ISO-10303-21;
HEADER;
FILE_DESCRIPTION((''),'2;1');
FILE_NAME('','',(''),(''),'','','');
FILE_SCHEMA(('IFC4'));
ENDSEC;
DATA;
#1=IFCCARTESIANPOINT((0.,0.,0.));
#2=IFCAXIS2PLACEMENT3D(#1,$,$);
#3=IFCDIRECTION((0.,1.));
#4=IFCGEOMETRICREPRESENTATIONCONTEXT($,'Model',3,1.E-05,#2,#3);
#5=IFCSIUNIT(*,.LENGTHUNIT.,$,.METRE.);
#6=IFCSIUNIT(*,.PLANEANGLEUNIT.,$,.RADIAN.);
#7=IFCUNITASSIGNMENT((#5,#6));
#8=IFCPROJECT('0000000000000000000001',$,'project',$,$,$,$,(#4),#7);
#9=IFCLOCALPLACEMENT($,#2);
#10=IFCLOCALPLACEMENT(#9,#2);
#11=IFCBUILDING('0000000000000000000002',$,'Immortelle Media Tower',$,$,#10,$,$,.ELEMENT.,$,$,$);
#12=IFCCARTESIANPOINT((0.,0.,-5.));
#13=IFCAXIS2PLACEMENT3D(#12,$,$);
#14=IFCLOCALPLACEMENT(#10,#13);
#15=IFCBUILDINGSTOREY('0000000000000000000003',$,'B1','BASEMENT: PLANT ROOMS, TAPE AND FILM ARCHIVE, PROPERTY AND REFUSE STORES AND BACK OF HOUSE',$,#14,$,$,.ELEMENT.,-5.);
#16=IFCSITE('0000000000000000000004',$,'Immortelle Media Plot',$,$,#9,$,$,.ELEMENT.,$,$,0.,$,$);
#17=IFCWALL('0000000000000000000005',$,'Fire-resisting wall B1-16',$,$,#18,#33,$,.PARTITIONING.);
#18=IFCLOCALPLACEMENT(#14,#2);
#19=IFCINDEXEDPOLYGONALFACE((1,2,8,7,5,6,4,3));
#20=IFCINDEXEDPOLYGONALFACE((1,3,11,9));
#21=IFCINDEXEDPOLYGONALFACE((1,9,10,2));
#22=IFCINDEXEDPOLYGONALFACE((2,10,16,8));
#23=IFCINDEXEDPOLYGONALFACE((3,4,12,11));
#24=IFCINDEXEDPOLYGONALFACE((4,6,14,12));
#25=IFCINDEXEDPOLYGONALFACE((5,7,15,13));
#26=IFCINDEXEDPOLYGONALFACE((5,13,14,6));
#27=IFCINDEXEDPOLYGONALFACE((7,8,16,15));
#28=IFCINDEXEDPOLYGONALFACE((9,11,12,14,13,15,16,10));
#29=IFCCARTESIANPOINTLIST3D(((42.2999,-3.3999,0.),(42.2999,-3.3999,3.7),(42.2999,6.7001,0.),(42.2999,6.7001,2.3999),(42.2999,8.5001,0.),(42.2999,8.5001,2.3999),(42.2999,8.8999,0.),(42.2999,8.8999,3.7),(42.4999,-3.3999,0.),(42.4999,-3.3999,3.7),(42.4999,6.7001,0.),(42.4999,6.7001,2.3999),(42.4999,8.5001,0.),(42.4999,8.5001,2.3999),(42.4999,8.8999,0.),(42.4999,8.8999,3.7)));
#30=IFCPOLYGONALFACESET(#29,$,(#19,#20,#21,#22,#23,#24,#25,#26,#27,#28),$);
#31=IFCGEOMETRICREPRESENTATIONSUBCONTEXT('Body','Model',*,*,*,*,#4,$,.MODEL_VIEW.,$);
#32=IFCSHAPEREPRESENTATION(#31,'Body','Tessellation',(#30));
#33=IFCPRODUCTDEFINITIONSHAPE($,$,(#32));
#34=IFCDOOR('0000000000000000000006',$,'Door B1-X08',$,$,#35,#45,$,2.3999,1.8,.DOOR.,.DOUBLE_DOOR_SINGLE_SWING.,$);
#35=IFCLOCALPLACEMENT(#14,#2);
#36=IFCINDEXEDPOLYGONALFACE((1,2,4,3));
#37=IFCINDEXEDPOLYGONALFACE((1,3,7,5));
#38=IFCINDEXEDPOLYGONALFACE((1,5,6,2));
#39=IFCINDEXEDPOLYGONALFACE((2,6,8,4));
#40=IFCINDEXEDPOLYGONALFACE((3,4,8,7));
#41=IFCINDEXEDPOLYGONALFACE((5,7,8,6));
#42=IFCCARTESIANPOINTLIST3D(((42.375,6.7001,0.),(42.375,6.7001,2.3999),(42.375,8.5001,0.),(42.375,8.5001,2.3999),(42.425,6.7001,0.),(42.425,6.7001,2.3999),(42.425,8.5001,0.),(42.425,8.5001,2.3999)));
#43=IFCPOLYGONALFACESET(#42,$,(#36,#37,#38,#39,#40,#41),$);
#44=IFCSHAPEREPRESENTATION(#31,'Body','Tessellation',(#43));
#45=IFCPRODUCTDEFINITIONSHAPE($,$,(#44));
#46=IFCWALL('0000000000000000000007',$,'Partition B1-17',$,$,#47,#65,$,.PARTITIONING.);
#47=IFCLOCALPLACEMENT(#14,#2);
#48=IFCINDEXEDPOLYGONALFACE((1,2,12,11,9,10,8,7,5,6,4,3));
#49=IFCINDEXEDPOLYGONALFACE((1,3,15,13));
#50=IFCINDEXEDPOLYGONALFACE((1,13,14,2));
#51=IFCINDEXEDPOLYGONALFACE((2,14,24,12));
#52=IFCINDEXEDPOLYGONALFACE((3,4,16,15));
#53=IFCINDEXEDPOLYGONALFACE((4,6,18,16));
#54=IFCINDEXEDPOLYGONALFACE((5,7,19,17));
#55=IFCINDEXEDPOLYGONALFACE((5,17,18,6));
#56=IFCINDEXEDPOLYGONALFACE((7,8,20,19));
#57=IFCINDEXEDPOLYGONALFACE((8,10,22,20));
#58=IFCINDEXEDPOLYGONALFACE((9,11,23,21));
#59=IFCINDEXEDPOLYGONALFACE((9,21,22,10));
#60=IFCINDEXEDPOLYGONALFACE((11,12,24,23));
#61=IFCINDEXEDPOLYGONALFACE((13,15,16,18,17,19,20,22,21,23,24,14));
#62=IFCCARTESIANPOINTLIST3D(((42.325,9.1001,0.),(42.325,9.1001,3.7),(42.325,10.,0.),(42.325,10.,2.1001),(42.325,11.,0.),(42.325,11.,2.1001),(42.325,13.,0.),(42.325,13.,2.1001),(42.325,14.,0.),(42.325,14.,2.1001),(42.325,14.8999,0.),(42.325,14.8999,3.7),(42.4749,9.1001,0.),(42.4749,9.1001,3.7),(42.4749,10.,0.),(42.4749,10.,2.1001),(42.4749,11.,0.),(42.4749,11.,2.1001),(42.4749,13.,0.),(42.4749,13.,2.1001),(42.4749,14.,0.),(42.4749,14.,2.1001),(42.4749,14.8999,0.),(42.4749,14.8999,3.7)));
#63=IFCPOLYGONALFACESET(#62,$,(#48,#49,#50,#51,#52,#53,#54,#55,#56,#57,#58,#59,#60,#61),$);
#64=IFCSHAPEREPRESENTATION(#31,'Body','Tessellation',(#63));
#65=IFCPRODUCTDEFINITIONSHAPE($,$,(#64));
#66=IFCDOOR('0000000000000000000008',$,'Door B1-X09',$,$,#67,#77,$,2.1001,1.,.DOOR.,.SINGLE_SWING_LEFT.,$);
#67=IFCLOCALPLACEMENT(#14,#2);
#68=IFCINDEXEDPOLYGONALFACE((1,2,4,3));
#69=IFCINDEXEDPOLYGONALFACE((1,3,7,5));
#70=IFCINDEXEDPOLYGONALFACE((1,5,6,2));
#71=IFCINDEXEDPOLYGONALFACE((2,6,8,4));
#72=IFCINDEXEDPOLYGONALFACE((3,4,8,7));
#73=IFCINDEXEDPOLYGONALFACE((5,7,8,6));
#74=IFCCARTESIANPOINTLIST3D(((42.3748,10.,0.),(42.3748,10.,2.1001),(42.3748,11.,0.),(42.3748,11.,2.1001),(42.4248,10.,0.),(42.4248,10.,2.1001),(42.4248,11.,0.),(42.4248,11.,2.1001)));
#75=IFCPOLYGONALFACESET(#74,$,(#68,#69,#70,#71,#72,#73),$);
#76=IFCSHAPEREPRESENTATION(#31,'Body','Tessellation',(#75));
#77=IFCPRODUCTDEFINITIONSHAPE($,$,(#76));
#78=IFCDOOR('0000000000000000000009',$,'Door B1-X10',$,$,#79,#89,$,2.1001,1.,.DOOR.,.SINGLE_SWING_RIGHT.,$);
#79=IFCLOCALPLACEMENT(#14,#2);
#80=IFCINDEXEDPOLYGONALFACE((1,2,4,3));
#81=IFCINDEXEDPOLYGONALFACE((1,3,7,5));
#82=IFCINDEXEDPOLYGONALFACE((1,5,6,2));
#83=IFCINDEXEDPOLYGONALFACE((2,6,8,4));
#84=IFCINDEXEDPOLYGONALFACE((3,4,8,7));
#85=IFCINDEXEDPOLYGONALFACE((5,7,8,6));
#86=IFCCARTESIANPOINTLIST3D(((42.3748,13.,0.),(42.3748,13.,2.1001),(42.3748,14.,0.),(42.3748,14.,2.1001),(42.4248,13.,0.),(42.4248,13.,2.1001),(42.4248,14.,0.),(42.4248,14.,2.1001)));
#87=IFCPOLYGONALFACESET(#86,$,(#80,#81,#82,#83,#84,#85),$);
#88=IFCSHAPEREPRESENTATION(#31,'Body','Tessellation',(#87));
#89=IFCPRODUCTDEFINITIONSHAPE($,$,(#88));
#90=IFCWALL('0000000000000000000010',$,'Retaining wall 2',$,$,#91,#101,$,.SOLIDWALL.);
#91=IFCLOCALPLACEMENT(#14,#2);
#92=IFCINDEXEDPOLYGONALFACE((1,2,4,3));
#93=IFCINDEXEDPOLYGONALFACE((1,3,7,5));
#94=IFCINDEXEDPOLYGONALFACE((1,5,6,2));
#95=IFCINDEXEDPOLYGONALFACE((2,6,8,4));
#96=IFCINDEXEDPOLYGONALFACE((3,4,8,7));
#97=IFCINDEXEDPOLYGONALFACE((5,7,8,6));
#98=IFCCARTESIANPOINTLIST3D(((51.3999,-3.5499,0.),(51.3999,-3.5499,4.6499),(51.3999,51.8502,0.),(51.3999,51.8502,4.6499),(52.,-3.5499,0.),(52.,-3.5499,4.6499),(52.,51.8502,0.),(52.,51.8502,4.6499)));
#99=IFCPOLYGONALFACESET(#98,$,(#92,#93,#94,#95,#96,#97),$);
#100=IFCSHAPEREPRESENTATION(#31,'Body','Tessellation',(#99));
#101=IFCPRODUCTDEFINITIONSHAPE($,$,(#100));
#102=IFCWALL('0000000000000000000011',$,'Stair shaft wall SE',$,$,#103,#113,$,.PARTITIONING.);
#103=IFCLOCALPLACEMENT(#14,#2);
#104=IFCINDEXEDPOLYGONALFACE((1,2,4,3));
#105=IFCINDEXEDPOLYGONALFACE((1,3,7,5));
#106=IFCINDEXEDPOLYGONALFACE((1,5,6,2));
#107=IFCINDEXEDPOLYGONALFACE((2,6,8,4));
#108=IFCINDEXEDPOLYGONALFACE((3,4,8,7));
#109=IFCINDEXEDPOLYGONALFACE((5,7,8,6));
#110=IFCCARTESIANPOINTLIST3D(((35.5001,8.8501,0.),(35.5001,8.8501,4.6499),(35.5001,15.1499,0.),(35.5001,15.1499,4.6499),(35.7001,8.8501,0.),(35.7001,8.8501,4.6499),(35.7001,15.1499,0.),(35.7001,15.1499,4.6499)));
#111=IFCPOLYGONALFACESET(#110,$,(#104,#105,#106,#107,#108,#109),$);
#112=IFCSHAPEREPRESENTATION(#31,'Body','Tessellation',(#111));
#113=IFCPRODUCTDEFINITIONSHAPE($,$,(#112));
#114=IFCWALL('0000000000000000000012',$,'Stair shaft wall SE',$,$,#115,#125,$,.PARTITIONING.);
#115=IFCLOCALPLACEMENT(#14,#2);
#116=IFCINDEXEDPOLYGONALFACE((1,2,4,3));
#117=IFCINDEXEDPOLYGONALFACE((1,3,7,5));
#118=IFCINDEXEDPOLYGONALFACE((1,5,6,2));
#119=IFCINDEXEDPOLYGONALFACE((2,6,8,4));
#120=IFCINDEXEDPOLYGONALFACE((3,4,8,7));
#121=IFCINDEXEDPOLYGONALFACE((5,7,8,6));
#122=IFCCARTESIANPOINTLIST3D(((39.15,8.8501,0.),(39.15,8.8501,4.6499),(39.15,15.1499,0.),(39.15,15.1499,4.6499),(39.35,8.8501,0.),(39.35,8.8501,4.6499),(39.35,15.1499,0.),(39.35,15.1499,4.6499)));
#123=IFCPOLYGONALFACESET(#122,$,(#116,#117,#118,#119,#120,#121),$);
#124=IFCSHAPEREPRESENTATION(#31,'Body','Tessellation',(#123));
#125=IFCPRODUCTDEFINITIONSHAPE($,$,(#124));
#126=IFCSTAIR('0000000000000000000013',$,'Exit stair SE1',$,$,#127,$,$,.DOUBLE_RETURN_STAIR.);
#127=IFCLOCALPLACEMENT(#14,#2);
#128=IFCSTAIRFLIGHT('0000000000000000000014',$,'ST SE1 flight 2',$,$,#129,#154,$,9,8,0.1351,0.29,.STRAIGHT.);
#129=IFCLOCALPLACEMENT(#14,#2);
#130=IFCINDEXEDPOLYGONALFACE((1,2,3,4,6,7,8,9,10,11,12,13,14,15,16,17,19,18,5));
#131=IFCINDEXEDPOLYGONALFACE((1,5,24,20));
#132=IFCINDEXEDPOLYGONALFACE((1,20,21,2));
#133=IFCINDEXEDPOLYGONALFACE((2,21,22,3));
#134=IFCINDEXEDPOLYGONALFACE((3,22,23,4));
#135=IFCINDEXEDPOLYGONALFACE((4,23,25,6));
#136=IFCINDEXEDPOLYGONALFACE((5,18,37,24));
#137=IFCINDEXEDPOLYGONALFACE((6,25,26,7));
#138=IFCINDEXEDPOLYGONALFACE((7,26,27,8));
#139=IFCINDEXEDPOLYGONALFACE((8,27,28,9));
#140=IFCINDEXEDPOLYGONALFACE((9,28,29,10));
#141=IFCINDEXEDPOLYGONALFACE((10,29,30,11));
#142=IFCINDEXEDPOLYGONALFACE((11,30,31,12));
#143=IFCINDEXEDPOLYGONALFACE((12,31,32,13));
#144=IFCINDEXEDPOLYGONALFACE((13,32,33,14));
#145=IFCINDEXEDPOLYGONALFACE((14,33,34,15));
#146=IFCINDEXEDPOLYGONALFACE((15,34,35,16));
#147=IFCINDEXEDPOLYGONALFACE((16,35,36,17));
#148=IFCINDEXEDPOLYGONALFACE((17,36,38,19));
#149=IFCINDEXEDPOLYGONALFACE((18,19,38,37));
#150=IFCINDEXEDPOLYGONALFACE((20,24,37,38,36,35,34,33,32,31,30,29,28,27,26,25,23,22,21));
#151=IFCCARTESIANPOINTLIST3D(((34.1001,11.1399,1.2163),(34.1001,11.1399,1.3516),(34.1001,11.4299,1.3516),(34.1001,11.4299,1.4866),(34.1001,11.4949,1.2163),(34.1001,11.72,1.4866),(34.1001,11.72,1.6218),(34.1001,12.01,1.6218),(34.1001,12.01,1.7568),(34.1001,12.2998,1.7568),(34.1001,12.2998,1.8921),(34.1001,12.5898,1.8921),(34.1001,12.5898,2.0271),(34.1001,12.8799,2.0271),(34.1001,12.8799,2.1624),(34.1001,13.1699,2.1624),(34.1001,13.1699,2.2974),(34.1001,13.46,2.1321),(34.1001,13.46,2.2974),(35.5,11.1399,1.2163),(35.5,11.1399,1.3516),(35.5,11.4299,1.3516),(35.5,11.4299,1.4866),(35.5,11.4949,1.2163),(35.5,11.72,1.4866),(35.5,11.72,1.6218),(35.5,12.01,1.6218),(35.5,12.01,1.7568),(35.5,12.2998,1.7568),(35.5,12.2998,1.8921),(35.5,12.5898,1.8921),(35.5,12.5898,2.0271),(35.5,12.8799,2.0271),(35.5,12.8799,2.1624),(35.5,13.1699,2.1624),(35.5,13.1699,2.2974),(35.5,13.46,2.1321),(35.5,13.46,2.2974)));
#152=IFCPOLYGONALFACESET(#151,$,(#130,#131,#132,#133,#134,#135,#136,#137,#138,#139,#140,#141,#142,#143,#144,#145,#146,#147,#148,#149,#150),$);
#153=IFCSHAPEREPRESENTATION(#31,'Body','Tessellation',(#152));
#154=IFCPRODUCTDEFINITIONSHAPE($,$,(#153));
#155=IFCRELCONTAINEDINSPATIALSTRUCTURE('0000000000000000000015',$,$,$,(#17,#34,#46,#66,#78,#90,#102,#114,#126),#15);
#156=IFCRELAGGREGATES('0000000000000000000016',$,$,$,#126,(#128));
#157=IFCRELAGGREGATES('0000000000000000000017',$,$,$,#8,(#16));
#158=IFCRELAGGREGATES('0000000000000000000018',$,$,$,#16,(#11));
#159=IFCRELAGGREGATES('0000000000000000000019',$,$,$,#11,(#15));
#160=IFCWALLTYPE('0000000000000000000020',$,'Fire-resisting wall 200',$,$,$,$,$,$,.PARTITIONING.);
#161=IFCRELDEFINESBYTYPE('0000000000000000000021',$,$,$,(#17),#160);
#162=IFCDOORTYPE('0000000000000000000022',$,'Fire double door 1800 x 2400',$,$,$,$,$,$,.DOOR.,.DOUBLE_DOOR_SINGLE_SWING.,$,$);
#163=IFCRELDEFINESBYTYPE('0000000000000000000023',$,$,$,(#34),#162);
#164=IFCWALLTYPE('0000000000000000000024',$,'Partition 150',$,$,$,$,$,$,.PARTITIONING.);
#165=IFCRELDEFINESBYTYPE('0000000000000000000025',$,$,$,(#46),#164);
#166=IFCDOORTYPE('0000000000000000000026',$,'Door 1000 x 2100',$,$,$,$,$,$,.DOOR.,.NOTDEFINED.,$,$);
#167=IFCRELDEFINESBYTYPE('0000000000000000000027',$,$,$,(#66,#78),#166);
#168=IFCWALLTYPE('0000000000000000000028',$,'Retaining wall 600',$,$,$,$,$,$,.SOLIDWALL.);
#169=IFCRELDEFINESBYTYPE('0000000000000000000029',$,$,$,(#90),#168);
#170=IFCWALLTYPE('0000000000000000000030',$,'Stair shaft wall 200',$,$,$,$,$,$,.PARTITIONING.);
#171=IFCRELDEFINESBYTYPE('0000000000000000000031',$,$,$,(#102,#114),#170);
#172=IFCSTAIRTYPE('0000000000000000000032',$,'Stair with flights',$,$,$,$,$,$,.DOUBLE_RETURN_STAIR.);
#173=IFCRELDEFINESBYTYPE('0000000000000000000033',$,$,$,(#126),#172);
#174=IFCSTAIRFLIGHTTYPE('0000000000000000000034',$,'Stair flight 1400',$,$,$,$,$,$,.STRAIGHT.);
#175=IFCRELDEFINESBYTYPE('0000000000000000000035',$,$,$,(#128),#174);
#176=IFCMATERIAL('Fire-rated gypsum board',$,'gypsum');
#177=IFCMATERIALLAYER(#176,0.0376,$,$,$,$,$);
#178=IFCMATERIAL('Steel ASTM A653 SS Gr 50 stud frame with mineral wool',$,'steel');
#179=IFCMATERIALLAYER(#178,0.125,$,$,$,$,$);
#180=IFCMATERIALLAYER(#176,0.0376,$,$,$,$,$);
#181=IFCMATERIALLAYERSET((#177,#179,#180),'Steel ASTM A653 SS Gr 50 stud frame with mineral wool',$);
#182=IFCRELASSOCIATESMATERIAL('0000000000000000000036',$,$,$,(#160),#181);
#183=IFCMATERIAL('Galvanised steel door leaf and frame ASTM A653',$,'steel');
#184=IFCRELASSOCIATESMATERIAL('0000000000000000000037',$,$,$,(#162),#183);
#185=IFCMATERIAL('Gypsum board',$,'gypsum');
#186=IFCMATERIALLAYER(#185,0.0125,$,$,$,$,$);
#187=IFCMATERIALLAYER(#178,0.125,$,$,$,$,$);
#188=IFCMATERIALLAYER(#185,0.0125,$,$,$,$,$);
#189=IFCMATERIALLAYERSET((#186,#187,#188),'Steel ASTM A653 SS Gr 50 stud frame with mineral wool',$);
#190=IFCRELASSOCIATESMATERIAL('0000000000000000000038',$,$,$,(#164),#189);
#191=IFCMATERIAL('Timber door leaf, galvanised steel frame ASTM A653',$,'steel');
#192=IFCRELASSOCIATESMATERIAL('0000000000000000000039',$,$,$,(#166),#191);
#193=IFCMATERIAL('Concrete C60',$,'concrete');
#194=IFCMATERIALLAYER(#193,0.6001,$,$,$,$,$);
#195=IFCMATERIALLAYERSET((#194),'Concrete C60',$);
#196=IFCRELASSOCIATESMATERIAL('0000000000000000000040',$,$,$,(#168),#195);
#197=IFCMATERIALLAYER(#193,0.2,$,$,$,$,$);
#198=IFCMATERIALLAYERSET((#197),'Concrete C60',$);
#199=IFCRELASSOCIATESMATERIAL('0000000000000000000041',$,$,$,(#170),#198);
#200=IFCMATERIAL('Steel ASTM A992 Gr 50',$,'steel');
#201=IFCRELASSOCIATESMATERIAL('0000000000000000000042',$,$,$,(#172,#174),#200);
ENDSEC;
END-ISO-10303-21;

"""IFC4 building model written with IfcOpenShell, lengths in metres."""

from ifc_helpers import new_model, si_unit, direction, frame, frame_2d, origin, place, context, subcontext, project, spatial, polyline, rectangle, outline, extrude, material, layer, layer_set, type_object, element, fill, aggregate, save


model = new_model("IFC4")

# Units and contexts
model_context = context("Model", 3, precision=1e-05, world=origin(), true_north=direction((0.0, 1.0)))
body_context = subcontext(model_context, "Body", "Model", "MODEL_VIEW")
ifc_project = project(units=[si_unit("LENGTHUNIT", "METRE"), si_unit("PLANEANGLEUNIT", "RADIAN")], contexts=[model_context])

# Site, building, storey
site_placement = place(None, origin())
site = spatial("IfcSite", under=ifc_project, at=site_placement, Name="Immortelle Media Plot", CompositionType="ELEMENT", RefElevation=0.0)
building_placement = place(site_placement, origin())
building = spatial("IfcBuilding", under=site, at=building_placement, Name="Immortelle Media Tower", CompositionType="ELEMENT")
storey_placement = place(building_placement, frame((0.0, 0.0, -5.0)))
storey = spatial("IfcBuildingStorey", under=building, at=storey_placement, Name="B1", Description="BASEMENT: PLANT ROOMS, TAPE AND FILM ARCHIVE, PROPERTY AND REFUSE STORES AND BACK OF HOUSE", CompositionType="ELEMENT", Elevation=-5.0)

# Shared definitions
ifc_material_1 = material(Name="Concrete C60", Category="concrete")

# Shared definitions
ifc_material_2 = material(Name="Fire-rated gypsum board", Category="gypsum")
ifc_layer_1 = layer(ifc_material_2, 0.0376)
ifc_material_3 = material(Name="Steel ASTM A653 SS Gr 50 stud frame with mineral wool", Category="steel")
ifc_layer_2 = layer(ifc_material_3, 0.125)
ifc_layer_3 = layer(ifc_material_2, 0.0376)
ifc_layer_set_1 = layer_set([ifc_layer_1, ifc_layer_2, ifc_layer_3], Name="Steel ASTM A653 SS Gr 50 stud frame with mineral wool")
wall_type_1 = type_object("IfcWallType", Name="Fire-resisting wall 200", PredefinedType="PARTITIONING", material=ifc_layer_set_1)

# Wall, opening, door
wall_1_placement = place(storey_placement, frame((42.3999, -3.3999, 0.0), z_axis=(0.0, 0.0, 1.0), x_axis=(0.0, 1.0, 0.0)))
wall_1 = element("IfcWall", 1, at=wall_1_placement, inside=storey, type_object=wall_type_1, Name="Fire-resisting wall B1-16", PredefinedType="PARTITIONING", context=body_context, shape_type="SweptSolid", body=[
    extrude(rectangle(XDim=12.2998, YDim=0.2, at=frame_2d((6.1499, 0.0))), origin(), (0.0, 0.0, 1.0), 3.7),
])
opening_1_placement = place(wall_1_placement, frame((10.1001, 0.0, 0.0)))
opening_1 = element("IfcOpeningElement", 2, at=opening_1_placement, cuts=wall_1, PredefinedType="OPENING", context=body_context, shape_type="SweptSolid", body=[
    extrude(rectangle(XDim=1.8, YDim=2.3999, at=frame_2d((0.8999, 1.2))), frame((0.0, 0.1099, 0.0), z_axis=(0.0, -1.0, 0.0), x_axis=(1.0, 0.0, 0.0)), (0.0, 0.0, 1.0), 0.22),
])
ifc_material_4 = material(Name="Galvanised steel door leaf and frame ASTM A653", Category="steel")
door_type_1 = type_object("IfcDoorType", Name="Fire double door 1800 x 2400", OperationType="DOUBLE_DOOR_SINGLE_SWING", PredefinedType="DOOR", material=ifc_material_4)
door_1_placement = place(opening_1_placement, origin())
door_1 = element("IfcDoor", 3, at=door_1_placement, inside=storey, type_object=door_type_1, Name="Door B1-X08", OperationType="DOUBLE_DOOR_SINGLE_SWING", OverallHeight=2.3999, OverallWidth=1.8, PredefinedType="DOOR", context=body_context, shape_type="SweptSolid", body=[
    extrude(rectangle(XDim=1.8, YDim=2.3999, at=frame_2d((0.8999, 1.2))), frame((0.0, 0.0249, 0.0), z_axis=(0.0, -1.0, 0.0), x_axis=(1.0, 0.0, 0.0)), (0.0, 0.0, 1.0), 0.05),
])
fill(opening_1, door_1)

# Wall, openings, doors
ifc_material_5 = material(Name="Gypsum board", Category="gypsum")
ifc_layer_4 = layer(ifc_material_5, 0.0125)
ifc_layer_5 = layer(ifc_material_3, 0.125)
ifc_layer_6 = layer(ifc_material_5, 0.0125)
ifc_layer_set_2 = layer_set([ifc_layer_4, ifc_layer_5, ifc_layer_6], Name="Steel ASTM A653 SS Gr 50 stud frame with mineral wool")
wall_type_2 = type_object("IfcWallType", Name="Partition 150", PredefinedType="PARTITIONING", material=ifc_layer_set_2)
wall_2_placement = place(storey_placement, frame((42.3999, 9.1001, 0.0), z_axis=(0.0, 0.0, 1.0), x_axis=(0.0, 1.0, 0.0)))
wall_2 = element("IfcWall", 4, at=wall_2_placement, inside=storey, type_object=wall_type_2, Name="Partition B1-17", PredefinedType="PARTITIONING", context=body_context, shape_type="SweptSolid", body=[
    extrude(rectangle(XDim=5.7998, YDim=0.1499, at=frame_2d((2.8999, 0.0))), origin(), (0.0, 0.0, 1.0), 3.7),
])
opening_2_placement = place(wall_2_placement, frame((1.8999, 0.0, 0.0), z_axis=(0.0, 0.0, 1.0), x_axis=(-1.0, 0.0, 0.0)))
opening_2 = element("IfcOpeningElement", 5, at=opening_2_placement, cuts=wall_2, PredefinedType="OPENING", context=body_context, shape_type="SweptSolid", body=[
    extrude(rectangle(XDim=1.0, YDim=2.1001, at=frame_2d((0.5, 1.05))), frame((0.0, 0.085, 0.0), z_axis=(0.0, -1.0, 0.0), x_axis=(1.0, 0.0, 0.0)), (0.0, 0.0, 1.0), 0.1699),
])
opening_3_placement = place(wall_2_placement, frame((4.8999, 0.0, 0.0), z_axis=(0.0, 0.0, 1.0), x_axis=(-1.0, 0.0, 0.0)))
opening_3 = element("IfcOpeningElement", 6, at=opening_3_placement, cuts=wall_2, PredefinedType="OPENING", context=body_context, shape_type="SweptSolid", body=[
    extrude(rectangle(XDim=1.0, YDim=2.1001, at=frame_2d((0.5, 1.05))), frame((0.0, 0.085, 0.0), z_axis=(0.0, -1.0, 0.0), x_axis=(1.0, 0.0, 0.0)), (0.0, 0.0, 1.0), 0.1699),
])
ifc_material_6 = material(Name="Timber door leaf, galvanised steel frame ASTM A653", Category="steel")
door_type_2 = type_object("IfcDoorType", Name="Door 1000 x 2100", OperationType="NOTDEFINED", PredefinedType="DOOR", material=ifc_material_6)
door_2_placement = place(opening_2_placement, origin())
door_2 = element("IfcDoor", 7, at=door_2_placement, inside=storey, type_object=door_type_2, Name="Door B1-X09", OperationType="SINGLE_SWING_LEFT", OverallHeight=2.1001, OverallWidth=1.0, PredefinedType="DOOR", context=body_context, shape_type="SweptSolid", body=[
    extrude(rectangle(XDim=1.0, YDim=2.1001, at=frame_2d((0.5, 1.05))), frame((0.0, 0.0249, 0.0), z_axis=(0.0, -1.0, 0.0), x_axis=(1.0, 0.0, 0.0)), (0.0, 0.0, 1.0), 0.05),
])
fill(opening_2, door_2)
door_3_placement = place(opening_3_placement, origin())
door_3 = element("IfcDoor", 8, at=door_3_placement, inside=storey, type_object=door_type_2, Name="Door B1-X10", OperationType="SINGLE_SWING_RIGHT", OverallHeight=2.1001, OverallWidth=1.0, PredefinedType="DOOR", context=body_context, shape_type="SweptSolid", body=[
    extrude(rectangle(XDim=1.0, YDim=2.1001, at=frame_2d((0.5, 1.05))), frame((0.0, 0.0249, 0.0), z_axis=(0.0, -1.0, 0.0), x_axis=(1.0, 0.0, 0.0)), (0.0, 0.0, 1.0), 0.05),
])
fill(opening_3, door_3)

# Walls
ifc_layer_7 = layer(ifc_material_1, 0.6001)
ifc_layer_set_3 = layer_set([ifc_layer_7], Name="Concrete C60")
wall_type_3 = type_object("IfcWallType", Name="Retaining wall 600", PredefinedType="SOLIDWALL", material=ifc_layer_set_3)
wall_3_placement = place(storey_placement, frame((51.7, -3.55, 0.0), z_axis=(0.0, 0.0, 1.0), x_axis=(0.0, 1.0, 0.0)))
element("IfcWall", 9, at=wall_3_placement, inside=storey, type_object=wall_type_3, Name="Retaining wall 2", PredefinedType="SOLIDWALL", context=body_context, shape_type="SweptSolid", body=[
    extrude(rectangle(XDim=55.4001, YDim=0.6001, at=frame_2d((27.7002, 0.0))), origin(), (0.0, 0.0, 1.0), 4.6499),
])
ifc_layer_8 = layer(ifc_material_1, 0.2)
ifc_layer_set_4 = layer_set([ifc_layer_8], Name="Concrete C60")
wall_type_4 = type_object("IfcWallType", Name="Stair shaft wall 200", PredefinedType="PARTITIONING", material=ifc_layer_set_4)
for number, where, z_axis, x_axis, name in (
    (10, (35.6001, 8.8501, 0.0), (0.0, 0.0, 1.0), (0.0, 1.0, 0.0), "Stair shaft wall SE"),
    (11, (39.25, 8.8501, 0.0), (0.0, 0.0, 1.0), (0.0, 1.0, 0.0), "Stair shaft wall SE"),
):
    element("IfcWall", number, at=place(storey_placement, frame(where, z_axis=z_axis, x_axis=x_axis)), inside=storey, type_object=wall_type_4, Name=name, PredefinedType="PARTITIONING", context=body_context, shape_type="SweptSolid", body=[
        extrude(rectangle(XDim=6.2998, YDim=0.2, at=frame_2d((3.1499, 0.0))), origin(), (0.0, 0.0, 1.0), 4.6499),
    ])

# Stair, stair flight
ifc_material_7 = material(Name="Steel ASTM A992 Gr 50", Category="steel")
stair_type = type_object("IfcStairType", Name="Stair with flights", PredefinedType="DOUBLE_RETURN_STAIR", material=ifc_material_7)
stair_1_placement = place(storey_placement, origin())
stair_1 = element("IfcStair", 12, at=stair_1_placement, inside=storey, type_object=stair_type, Name="Exit stair SE1", PredefinedType="DOUBLE_RETURN_STAIR")
stair_flight_type = type_object("IfcStairFlightType", Name="Stair flight 1400", PredefinedType="STRAIGHT", material=ifc_material_7)
stair_flight_1_placement = place(storey_placement, frame((34.8, 11.1399, 1.2163), z_axis=(0.0, 0.0, 1.0), x_axis=(0.0, 1.0, 0.0)))
stair_flight_1 = element("IfcStairFlight", 13, at=stair_flight_1_placement, type_object=stair_flight_type, Name="ST SE1 flight 2", NumberOfRisers=9, NumberOfTreads=8, PredefinedType="STRAIGHT", RiserHeight=0.1351, TreadLength=0.29, context=body_context, shape_type="SweptSolid", body=[
    extrude(outline(polyline([(0.0, 0.0), (0.0, 0.1353), (0.29, 0.1353), (0.29, 0.2703), (0.5801, 0.2703), (0.5801, 0.4055), (0.8701, 0.4055), (0.8701, 0.5405), (1.1599, 0.5405), (1.1599, 0.6758), (1.45, 0.6758), (1.45, 0.8108), (1.74, 0.8108), (1.74, 0.946), (2.03, 0.946), (2.03, 1.0811), (2.3201, 1.0811), (2.3201, 1.2163), (2.3201, 0.9158), (0.355, 0.0), (0.0, 0.0)])), frame((0.0, 0.7, 0.0), z_axis=(0.0, -1.0, 0.0), x_axis=(1.0, 0.0, 0.0)), (0.0, 0.0, 1.0), 1.3999),
])
aggregate(stair_1, [stair_flight_1])

save(model, "model.ifc")
